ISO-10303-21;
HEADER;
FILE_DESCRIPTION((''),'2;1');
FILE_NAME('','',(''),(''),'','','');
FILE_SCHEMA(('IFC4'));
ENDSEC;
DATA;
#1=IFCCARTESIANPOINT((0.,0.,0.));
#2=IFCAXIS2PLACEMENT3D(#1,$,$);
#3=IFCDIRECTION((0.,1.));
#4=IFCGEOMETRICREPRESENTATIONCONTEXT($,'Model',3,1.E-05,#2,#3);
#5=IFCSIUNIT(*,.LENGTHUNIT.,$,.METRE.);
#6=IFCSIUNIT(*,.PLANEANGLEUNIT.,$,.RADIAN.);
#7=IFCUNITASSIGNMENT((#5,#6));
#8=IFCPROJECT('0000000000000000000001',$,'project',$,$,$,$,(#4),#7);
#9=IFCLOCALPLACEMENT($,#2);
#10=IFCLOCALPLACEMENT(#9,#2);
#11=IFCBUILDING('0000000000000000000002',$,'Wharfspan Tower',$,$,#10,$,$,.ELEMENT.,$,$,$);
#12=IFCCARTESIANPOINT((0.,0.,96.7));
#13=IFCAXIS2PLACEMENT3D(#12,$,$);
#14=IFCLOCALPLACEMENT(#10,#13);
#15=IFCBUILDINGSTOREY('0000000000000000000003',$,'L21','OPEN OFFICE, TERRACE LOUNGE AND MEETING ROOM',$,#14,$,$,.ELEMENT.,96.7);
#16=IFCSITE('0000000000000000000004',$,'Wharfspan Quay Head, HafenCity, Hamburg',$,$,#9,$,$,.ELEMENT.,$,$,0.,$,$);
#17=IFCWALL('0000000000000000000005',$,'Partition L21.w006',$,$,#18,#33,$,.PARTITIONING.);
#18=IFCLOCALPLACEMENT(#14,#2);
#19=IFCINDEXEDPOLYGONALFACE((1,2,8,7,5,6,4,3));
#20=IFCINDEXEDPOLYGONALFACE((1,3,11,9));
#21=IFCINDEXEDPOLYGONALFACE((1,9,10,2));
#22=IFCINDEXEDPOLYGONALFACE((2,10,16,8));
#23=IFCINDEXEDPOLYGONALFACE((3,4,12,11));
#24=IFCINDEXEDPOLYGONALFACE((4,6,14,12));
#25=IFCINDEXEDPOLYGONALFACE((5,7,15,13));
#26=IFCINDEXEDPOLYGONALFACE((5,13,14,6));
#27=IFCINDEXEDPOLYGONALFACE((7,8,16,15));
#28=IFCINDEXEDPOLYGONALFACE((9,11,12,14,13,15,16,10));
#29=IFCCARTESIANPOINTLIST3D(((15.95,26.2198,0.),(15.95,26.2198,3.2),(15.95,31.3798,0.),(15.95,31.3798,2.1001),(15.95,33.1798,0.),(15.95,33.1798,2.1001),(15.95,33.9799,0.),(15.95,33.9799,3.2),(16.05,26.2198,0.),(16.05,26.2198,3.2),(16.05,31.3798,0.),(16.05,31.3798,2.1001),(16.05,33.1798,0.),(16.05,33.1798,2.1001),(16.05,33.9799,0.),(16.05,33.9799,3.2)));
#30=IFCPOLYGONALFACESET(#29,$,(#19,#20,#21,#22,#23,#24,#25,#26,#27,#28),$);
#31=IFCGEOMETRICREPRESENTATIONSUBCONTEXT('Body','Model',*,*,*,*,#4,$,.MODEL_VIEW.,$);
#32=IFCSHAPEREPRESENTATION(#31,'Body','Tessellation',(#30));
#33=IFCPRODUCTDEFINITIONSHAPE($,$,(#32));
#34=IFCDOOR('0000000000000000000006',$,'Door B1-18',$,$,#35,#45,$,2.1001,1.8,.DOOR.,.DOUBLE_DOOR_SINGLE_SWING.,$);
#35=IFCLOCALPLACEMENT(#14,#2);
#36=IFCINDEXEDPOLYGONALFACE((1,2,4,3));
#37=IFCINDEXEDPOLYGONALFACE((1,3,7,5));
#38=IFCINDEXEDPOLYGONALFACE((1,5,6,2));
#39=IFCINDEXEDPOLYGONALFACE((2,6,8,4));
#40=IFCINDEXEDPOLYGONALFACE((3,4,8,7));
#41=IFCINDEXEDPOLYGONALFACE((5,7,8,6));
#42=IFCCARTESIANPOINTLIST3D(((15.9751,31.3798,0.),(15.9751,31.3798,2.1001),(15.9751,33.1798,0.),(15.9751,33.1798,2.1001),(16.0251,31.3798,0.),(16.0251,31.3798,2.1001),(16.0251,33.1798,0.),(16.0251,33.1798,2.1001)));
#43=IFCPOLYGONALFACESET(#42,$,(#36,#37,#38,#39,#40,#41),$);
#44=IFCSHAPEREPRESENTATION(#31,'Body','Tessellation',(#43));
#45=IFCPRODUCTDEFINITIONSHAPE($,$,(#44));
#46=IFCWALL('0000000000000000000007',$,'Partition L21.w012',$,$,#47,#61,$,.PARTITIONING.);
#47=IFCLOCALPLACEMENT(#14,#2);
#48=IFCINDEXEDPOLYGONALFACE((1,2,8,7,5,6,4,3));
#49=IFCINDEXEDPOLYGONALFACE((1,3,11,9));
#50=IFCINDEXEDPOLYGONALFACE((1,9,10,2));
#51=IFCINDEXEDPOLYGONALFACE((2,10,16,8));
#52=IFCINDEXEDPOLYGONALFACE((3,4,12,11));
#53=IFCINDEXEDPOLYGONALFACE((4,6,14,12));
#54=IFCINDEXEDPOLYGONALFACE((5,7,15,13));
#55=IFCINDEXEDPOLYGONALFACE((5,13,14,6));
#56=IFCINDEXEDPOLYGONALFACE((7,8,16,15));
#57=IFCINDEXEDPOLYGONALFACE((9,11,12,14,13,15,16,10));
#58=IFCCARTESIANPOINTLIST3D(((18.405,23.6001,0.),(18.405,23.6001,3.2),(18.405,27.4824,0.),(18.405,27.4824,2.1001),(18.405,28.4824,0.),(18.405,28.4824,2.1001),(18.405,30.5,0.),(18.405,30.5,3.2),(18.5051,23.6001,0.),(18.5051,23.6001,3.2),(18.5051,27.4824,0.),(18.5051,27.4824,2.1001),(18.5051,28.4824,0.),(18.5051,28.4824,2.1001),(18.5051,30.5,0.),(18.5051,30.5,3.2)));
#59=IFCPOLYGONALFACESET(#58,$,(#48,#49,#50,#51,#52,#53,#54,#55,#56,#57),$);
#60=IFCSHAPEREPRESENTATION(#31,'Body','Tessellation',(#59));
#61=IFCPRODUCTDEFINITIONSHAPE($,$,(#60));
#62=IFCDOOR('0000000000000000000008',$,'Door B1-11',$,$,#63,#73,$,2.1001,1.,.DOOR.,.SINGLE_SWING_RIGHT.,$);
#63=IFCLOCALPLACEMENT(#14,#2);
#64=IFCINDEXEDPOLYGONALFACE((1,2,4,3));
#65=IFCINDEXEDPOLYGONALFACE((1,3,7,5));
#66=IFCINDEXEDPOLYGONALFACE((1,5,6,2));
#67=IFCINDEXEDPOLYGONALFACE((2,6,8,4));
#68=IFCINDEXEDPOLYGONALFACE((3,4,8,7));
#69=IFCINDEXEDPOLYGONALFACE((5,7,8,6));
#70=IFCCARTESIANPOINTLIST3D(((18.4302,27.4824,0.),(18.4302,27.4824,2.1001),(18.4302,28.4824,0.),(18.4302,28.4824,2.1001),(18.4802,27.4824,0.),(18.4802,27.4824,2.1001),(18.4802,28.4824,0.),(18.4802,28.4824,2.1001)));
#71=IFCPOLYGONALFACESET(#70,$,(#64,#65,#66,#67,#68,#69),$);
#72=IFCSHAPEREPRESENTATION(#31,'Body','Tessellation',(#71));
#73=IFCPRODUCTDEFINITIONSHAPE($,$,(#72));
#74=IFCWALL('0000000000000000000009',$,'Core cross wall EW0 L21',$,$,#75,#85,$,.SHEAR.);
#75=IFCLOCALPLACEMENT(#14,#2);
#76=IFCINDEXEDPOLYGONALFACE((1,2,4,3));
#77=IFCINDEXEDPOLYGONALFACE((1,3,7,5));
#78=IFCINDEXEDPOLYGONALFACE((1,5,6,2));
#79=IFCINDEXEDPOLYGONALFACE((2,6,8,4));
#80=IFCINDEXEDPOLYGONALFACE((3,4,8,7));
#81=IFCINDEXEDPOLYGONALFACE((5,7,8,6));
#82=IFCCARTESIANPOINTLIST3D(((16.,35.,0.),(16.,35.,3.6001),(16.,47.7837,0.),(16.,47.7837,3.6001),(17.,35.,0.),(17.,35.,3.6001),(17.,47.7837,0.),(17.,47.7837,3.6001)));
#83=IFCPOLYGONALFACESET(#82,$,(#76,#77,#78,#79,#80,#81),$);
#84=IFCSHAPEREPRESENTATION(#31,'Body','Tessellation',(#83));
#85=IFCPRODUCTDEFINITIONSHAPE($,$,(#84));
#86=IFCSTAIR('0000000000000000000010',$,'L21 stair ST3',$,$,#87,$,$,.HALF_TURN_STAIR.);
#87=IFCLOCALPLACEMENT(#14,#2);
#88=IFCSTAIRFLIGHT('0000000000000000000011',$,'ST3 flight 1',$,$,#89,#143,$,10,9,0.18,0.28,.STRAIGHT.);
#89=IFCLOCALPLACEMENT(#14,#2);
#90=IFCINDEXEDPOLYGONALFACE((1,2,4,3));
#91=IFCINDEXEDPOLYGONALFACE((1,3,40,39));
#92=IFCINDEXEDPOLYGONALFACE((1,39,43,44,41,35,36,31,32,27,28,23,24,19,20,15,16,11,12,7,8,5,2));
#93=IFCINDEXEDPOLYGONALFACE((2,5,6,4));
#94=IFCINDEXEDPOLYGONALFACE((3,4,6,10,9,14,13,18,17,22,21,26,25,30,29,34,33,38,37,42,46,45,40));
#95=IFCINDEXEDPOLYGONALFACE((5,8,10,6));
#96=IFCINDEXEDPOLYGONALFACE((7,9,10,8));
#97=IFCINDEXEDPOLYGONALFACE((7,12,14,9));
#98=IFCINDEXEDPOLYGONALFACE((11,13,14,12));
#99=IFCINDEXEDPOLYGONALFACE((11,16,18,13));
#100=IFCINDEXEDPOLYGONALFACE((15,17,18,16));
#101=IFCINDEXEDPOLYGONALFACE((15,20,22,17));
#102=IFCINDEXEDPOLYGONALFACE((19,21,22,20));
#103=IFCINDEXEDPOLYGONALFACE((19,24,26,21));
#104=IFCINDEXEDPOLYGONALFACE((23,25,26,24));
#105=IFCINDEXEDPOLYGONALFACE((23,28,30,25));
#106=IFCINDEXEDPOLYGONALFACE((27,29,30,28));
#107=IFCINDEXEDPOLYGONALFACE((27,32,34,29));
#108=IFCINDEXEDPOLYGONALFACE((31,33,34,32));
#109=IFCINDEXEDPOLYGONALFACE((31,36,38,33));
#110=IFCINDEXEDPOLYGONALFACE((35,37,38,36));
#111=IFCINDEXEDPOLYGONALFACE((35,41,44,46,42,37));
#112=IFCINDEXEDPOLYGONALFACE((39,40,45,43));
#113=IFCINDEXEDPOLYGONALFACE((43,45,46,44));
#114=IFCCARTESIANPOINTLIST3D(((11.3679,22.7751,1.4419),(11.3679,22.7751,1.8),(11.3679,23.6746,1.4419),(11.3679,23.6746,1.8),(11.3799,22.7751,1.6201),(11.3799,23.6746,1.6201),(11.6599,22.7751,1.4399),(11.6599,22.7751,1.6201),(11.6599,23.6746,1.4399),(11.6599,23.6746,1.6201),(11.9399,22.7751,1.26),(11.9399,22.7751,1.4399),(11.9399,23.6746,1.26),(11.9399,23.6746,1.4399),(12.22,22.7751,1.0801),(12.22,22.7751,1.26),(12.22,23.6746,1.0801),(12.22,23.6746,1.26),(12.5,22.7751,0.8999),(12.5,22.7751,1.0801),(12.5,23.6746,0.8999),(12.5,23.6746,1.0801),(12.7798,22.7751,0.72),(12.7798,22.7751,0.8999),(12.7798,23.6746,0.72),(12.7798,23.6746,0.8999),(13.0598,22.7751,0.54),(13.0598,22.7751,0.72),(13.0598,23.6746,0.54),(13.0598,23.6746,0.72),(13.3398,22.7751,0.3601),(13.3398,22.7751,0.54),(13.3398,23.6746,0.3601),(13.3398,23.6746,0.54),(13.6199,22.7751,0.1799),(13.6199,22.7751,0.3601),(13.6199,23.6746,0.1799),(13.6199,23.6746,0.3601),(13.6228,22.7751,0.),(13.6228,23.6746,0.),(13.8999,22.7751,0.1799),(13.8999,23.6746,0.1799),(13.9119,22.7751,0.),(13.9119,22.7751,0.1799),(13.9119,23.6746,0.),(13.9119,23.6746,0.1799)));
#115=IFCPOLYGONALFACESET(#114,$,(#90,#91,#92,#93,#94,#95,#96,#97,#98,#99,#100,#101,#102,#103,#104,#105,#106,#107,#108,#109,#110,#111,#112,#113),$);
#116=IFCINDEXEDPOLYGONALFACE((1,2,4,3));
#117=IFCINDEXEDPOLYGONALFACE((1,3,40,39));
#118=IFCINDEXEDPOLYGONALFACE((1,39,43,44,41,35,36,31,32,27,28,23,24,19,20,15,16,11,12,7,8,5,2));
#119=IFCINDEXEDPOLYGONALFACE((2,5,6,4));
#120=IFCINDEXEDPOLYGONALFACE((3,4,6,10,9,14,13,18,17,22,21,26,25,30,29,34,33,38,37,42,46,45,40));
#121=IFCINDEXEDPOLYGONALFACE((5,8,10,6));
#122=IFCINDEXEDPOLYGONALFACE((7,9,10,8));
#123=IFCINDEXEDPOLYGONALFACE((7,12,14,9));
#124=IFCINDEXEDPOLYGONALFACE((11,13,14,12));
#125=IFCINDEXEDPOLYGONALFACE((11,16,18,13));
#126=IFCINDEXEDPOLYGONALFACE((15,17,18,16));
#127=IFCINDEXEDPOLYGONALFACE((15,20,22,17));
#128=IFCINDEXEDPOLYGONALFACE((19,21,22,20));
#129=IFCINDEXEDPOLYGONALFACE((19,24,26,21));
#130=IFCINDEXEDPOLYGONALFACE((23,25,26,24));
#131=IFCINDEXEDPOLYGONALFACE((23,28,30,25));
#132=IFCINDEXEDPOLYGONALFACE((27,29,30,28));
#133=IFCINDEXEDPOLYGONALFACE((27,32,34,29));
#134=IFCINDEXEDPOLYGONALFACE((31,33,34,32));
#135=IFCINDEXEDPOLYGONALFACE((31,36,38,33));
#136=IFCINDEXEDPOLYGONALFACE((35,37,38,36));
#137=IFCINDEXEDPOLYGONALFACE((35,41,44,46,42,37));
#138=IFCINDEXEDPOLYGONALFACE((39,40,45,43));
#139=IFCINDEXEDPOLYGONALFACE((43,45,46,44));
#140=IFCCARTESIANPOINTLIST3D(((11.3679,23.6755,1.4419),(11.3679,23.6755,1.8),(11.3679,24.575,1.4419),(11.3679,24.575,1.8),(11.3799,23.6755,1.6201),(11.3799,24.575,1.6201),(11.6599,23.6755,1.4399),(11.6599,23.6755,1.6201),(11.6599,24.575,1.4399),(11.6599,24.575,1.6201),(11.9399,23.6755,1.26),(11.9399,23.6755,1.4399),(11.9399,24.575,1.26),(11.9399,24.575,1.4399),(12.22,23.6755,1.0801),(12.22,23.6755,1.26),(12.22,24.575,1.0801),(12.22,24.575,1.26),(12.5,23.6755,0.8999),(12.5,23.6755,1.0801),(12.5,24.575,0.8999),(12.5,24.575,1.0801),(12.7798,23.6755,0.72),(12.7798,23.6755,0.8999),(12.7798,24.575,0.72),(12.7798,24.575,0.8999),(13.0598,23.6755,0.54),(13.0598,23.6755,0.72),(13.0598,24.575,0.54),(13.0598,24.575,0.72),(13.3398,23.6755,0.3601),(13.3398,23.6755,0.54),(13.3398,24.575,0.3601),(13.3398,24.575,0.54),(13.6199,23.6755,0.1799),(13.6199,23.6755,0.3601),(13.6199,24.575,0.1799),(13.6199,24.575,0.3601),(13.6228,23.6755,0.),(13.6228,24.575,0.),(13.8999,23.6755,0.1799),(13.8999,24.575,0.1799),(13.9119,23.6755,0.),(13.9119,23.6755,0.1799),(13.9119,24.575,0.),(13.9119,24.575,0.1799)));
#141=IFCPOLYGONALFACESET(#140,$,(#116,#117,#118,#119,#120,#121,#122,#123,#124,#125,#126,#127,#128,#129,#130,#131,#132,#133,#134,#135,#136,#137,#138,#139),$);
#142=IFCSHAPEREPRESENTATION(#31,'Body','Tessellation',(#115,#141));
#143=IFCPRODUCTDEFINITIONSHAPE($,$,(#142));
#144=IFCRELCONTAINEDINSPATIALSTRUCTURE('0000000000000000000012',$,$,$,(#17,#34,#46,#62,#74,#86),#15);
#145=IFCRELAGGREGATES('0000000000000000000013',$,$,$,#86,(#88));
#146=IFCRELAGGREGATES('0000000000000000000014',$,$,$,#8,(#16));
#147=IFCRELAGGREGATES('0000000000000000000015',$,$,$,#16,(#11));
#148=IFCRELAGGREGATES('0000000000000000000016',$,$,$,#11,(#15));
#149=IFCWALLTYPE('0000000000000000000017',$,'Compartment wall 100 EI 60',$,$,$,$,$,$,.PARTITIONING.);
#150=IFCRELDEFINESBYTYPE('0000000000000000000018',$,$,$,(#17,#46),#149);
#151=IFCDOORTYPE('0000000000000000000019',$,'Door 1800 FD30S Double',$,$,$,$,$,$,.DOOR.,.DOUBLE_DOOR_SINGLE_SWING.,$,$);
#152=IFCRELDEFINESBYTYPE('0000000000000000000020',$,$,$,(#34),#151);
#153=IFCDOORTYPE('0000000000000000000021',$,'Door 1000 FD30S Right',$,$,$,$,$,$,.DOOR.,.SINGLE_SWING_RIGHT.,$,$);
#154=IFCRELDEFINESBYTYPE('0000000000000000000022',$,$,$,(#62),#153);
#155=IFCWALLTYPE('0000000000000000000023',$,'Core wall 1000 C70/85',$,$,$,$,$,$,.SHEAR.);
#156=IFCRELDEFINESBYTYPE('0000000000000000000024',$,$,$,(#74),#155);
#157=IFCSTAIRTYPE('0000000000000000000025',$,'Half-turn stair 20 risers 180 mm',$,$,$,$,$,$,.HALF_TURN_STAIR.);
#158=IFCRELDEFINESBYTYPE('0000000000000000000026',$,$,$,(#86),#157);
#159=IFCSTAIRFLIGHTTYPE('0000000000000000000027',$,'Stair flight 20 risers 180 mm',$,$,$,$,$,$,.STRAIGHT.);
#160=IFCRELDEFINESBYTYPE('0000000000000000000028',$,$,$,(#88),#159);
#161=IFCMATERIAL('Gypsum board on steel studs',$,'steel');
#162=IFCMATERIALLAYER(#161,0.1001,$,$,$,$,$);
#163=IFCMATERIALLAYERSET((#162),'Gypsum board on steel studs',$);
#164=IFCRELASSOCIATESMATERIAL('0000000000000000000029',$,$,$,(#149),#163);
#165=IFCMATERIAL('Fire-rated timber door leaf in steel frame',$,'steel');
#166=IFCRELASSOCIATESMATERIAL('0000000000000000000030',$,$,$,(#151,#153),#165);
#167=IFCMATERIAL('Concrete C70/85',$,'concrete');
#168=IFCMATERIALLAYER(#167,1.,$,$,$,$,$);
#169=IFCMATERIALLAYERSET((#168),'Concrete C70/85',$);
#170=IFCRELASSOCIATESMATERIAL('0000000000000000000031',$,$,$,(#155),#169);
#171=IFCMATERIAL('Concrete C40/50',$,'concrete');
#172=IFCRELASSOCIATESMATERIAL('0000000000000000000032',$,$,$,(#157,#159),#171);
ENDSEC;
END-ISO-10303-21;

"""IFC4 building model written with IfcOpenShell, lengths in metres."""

from ifc_helpers import new_model, si_unit, direction, frame, frame_2d, origin, place, context, subcontext, project, spatial, polyline, rectangle, outline, extrude, material, layer, layer_set, type_object, element, fill, aggregate, save


model = new_model("IFC4")

# Units and contexts
model_context = context("Model", 3, precision=1e-05, world=origin(), true_north=direction((0.0, 1.0)))
body_context = subcontext(model_context, "Body", "Model", "MODEL_VIEW")
ifc_project = project(units=[si_unit("LENGTHUNIT", "METRE"), si_unit("PLANEANGLEUNIT", "RADIAN")], contexts=[model_context])

# Site, building, storey
site_placement = place(None, origin())
site = spatial("IfcSite", under=ifc_project, at=site_placement, Name="Wharfspan Quay Head, HafenCity, Hamburg", CompositionType="ELEMENT", RefElevation=0.0)
building_placement = place(site_placement, origin())
building = spatial("IfcBuilding", under=site, at=building_placement, Name="Wharfspan Tower", CompositionType="ELEMENT")
storey_placement = place(building_placement, frame((0.0, 0.0, 96.7)))
storey = spatial("IfcBuildingStorey", under=building, at=storey_placement, Name="L21", Description="OPEN OFFICE, TERRACE LOUNGE AND MEETING ROOM", CompositionType="ELEMENT", Elevation=96.7)

# Walls, openings, doors
ifc_material_1 = material(Name="Gypsum board on steel studs", Category="steel")
ifc_layer_1 = layer(ifc_material_1, 0.1001)
ifc_layer_set_1 = layer_set([ifc_layer_1], Name="Gypsum board on steel studs")
wall_type_1 = type_object("IfcWallType", Name="Compartment wall 100 EI 60", PredefinedType="PARTITIONING", material=ifc_layer_set_1)
wall_1_placement = place(storey_placement, frame((16.0, 26.22, 0.0), z_axis=(0.0, 0.0, 1.0), x_axis=(0.0, 1.0, 0.0)))
wall_1 = element("IfcWall", 1, at=wall_1_placement, inside=storey, type_object=wall_type_1, Name="Partition L21.w006", PredefinedType="PARTITIONING", context=body_context, shape_type="SweptSolid", body=[
    extrude(rectangle(XDim=7.76, YDim=0.1001, at=frame_2d((3.8799, 0.0))), origin(), (0.0, 0.0, 1.0), 3.2),
])
opening_1_placement = place(wall_1_placement, frame((5.1599, 0.0, 0.0)))
opening_1 = element("IfcOpeningElement", 2, at=opening_1_placement, cuts=wall_1, PredefinedType="OPENING", context=body_context, shape_type="SweptSolid", body=[
    extrude(rectangle(XDim=1.8, YDim=2.1001, at=frame_2d((0.8999, 1.05))), frame((0.0, 0.0601, 0.0), z_axis=(0.0, -1.0, 0.0), x_axis=(1.0, 0.0, 0.0)), (0.0, 0.0, 1.0), 0.1201),
])
ifc_material_2 = material(Name="Fire-rated timber door leaf in steel frame", Category="steel")
door_type_1 = type_object("IfcDoorType", Name="Door 1800 FD30S Double", OperationType="DOUBLE_DOOR_SINGLE_SWING", PredefinedType="DOOR", material=ifc_material_2)
door_1_placement = place(opening_1_placement, origin())
door_1 = element("IfcDoor", 3, at=door_1_placement, inside=storey, type_object=door_type_1, Name="Door B1-18", OperationType="DOUBLE_DOOR_SINGLE_SWING", OverallHeight=2.1001, OverallWidth=1.8, PredefinedType="DOOR", context=body_context, shape_type="SweptSolid", body=[
    extrude(rectangle(XDim=1.8, YDim=2.1001, at=frame_2d((0.8999, 1.05))), frame((0.0, 0.0249, 0.0), z_axis=(0.0, -1.0, 0.0), x_axis=(1.0, 0.0, 0.0)), (0.0, 0.0, 1.0), 0.05),
])
fill(opening_1, door_1)
wall_2_placement = place(storey_placement, frame((18.4551, 23.6001, 0.0), z_axis=(0.0, 0.0, 1.0), x_axis=(0.0, 1.0, 0.0)))
wall_2 = element("IfcWall", 4, at=wall_2_placement, inside=storey, type_object=wall_type_1, Name="Partition L21.w012", PredefinedType="PARTITIONING", context=body_context, shape_type="SweptSolid", body=[
    extrude(rectangle(XDim=6.8999, YDim=0.1001, at=frame_2d((3.45, 0.0))), origin(), (0.0, 0.0, 1.0), 3.2),
])
opening_2_placement = place(wall_2_placement, frame((3.8823, 0.0, 0.0)))
opening_2 = element("IfcOpeningElement", 5, at=opening_2_placement, cuts=wall_2, PredefinedType="OPENING", context=body_context, shape_type="SweptSolid", body=[
    extrude(rectangle(XDim=1.0, YDim=2.1001, at=frame_2d((0.5, 1.05))), frame((0.0, 0.0601, 0.0), z_axis=(0.0, -1.0, 0.0), x_axis=(1.0, 0.0, 0.0)), (0.0, 0.0, 1.0), 0.1201),
])
door_type_2 = type_object("IfcDoorType", Name="Door 1000 FD30S Right", OperationType="SINGLE_SWING_RIGHT", PredefinedType="DOOR", material=ifc_material_2)
door_2_placement = place(opening_2_placement, origin())
door_2 = element("IfcDoor", 6, at=door_2_placement, inside=storey, type_object=door_type_2, Name="Door B1-11", OperationType="SINGLE_SWING_RIGHT", OverallHeight=2.1001, OverallWidth=1.0, PredefinedType="DOOR", context=body_context, shape_type="SweptSolid", body=[
    extrude(rectangle(XDim=1.0, YDim=2.1001, at=frame_2d((0.5, 1.05))), frame((0.0, 0.0249, 0.0), z_axis=(0.0, -1.0, 0.0), x_axis=(1.0, 0.0, 0.0)), (0.0, 0.0, 1.0), 0.05),
])
fill(opening_2, door_2)

# Shared definitions
ifc_material_3 = material(Name="Concrete C70/85", Category="concrete")
ifc_layer_2 = layer(ifc_material_3, 1.0)
ifc_layer_set_2 = layer_set([ifc_layer_2], Name="Concrete C70/85")
wall_type_2 = type_object("IfcWallType", Name="Core wall 1000 C70/85", PredefinedType="SHEAR", material=ifc_layer_set_2)

# Wall
wall_3_placement = place(storey_placement, frame((16.5, 35.0, 0.0), z_axis=(0.0, 0.0, 1.0), x_axis=(0.0, 1.0, 0.0)))
element("IfcWall", 7, at=wall_3_placement, inside=storey, type_object=wall_type_2, Name="Core cross wall EW0 L21", PredefinedType="SHEAR", context=body_context, shape_type="SweptSolid", body=[
    extrude(rectangle(XDim=12.7837, YDim=1.0, at=frame_2d((6.3918, 0.0))), origin(), (0.0, 0.0, 1.0), 3.6001),
])

# Stair, stair flight
ifc_material_4 = material(Name="Concrete C40/50", Category="concrete")
stair_type = type_object("IfcStairType", Name="Half-turn stair 20 risers 180 mm", PredefinedType="HALF_TURN_STAIR", material=ifc_material_4)
stair_placement = place(storey_placement, origin())
stair = element("IfcStair", 8, at=stair_placement, inside=storey, type_object=stair_type, Name="L21 stair ST3", PredefinedType="HALF_TURN_STAIR")
stair_flight_type = type_object("IfcStairFlightType", Name="Stair flight 20 risers 180 mm", PredefinedType="STRAIGHT", material=ifc_material_4)
stair_flight_placement = place(storey_placement, frame((13.8999, 23.675, 0.0), z_axis=(0.0, 0.0, 1.0), x_axis=(-1.0, 0.0, 0.0)))
stair_flight = element("IfcStairFlight", 9, at=stair_flight_placement, type_object=stair_flight_type, Name="ST3 flight 1", NumberOfRisers=10, NumberOfTreads=9, PredefinedType="STRAIGHT", RiserHeight=0.18, TreadLength=0.28, context=body_context, shape_type="SweptSolid", body=[
    extrude(outline(polyline([(-0.012, 0.0), (-0.012, 0.1799), (0.0, 0.1799), (0.28, 0.1799), (0.28, 0.3601), (0.5601, 0.3601), (0.5601, 0.54), (0.8401, 0.54), (0.8401, 0.72), (1.1201, 0.72), (1.1201, 0.8999), (1.3999, 0.8999), (1.3999, 1.0801), (1.6799, 1.0801), (1.6799, 1.26), (1.96, 1.26), (1.96, 1.4399), (2.24, 1.4399), (2.24, 1.6201), (2.52, 1.6201), (2.532, 1.8), (2.532, 1.4419), (0.2771, 0.0), (-0.012, 0.0)])), frame((0.0, 0.8999, 0.0), z_axis=(0.0, -1.0, 0.0), x_axis=(1.0, 0.0, 0.0)), (0.0, 0.0, 1.0), 0.8994),
    extrude(outline(polyline([(-0.012, 0.0), (-0.012, 0.1799), (0.0, 0.1799), (0.28, 0.1799), (0.28, 0.3601), (0.5601, 0.3601), (0.5601, 0.54), (0.8401, 0.54), (0.8401, 0.72), (1.1201, 0.72), (1.1201, 0.8999), (1.3999, 0.8999), (1.3999, 1.0801), (1.6799, 1.0801), (1.6799, 1.26), (1.96, 1.26), (1.96, 1.4399), (2.24, 1.4399), (2.24, 1.6201), (2.52, 1.6201), (2.532, 1.8), (2.532, 1.4419), (0.2771, 0.0), (-0.012, 0.0)])), frame((0.0, -0.0005, 0.0), z_axis=(0.0, -1.0, 0.0), x_axis=(1.0, 0.0, 0.0)), (0.0, 0.0, 1.0), 0.8994),
])
aggregate(stair, [stair_flight])

save(model, "model.ifc")
